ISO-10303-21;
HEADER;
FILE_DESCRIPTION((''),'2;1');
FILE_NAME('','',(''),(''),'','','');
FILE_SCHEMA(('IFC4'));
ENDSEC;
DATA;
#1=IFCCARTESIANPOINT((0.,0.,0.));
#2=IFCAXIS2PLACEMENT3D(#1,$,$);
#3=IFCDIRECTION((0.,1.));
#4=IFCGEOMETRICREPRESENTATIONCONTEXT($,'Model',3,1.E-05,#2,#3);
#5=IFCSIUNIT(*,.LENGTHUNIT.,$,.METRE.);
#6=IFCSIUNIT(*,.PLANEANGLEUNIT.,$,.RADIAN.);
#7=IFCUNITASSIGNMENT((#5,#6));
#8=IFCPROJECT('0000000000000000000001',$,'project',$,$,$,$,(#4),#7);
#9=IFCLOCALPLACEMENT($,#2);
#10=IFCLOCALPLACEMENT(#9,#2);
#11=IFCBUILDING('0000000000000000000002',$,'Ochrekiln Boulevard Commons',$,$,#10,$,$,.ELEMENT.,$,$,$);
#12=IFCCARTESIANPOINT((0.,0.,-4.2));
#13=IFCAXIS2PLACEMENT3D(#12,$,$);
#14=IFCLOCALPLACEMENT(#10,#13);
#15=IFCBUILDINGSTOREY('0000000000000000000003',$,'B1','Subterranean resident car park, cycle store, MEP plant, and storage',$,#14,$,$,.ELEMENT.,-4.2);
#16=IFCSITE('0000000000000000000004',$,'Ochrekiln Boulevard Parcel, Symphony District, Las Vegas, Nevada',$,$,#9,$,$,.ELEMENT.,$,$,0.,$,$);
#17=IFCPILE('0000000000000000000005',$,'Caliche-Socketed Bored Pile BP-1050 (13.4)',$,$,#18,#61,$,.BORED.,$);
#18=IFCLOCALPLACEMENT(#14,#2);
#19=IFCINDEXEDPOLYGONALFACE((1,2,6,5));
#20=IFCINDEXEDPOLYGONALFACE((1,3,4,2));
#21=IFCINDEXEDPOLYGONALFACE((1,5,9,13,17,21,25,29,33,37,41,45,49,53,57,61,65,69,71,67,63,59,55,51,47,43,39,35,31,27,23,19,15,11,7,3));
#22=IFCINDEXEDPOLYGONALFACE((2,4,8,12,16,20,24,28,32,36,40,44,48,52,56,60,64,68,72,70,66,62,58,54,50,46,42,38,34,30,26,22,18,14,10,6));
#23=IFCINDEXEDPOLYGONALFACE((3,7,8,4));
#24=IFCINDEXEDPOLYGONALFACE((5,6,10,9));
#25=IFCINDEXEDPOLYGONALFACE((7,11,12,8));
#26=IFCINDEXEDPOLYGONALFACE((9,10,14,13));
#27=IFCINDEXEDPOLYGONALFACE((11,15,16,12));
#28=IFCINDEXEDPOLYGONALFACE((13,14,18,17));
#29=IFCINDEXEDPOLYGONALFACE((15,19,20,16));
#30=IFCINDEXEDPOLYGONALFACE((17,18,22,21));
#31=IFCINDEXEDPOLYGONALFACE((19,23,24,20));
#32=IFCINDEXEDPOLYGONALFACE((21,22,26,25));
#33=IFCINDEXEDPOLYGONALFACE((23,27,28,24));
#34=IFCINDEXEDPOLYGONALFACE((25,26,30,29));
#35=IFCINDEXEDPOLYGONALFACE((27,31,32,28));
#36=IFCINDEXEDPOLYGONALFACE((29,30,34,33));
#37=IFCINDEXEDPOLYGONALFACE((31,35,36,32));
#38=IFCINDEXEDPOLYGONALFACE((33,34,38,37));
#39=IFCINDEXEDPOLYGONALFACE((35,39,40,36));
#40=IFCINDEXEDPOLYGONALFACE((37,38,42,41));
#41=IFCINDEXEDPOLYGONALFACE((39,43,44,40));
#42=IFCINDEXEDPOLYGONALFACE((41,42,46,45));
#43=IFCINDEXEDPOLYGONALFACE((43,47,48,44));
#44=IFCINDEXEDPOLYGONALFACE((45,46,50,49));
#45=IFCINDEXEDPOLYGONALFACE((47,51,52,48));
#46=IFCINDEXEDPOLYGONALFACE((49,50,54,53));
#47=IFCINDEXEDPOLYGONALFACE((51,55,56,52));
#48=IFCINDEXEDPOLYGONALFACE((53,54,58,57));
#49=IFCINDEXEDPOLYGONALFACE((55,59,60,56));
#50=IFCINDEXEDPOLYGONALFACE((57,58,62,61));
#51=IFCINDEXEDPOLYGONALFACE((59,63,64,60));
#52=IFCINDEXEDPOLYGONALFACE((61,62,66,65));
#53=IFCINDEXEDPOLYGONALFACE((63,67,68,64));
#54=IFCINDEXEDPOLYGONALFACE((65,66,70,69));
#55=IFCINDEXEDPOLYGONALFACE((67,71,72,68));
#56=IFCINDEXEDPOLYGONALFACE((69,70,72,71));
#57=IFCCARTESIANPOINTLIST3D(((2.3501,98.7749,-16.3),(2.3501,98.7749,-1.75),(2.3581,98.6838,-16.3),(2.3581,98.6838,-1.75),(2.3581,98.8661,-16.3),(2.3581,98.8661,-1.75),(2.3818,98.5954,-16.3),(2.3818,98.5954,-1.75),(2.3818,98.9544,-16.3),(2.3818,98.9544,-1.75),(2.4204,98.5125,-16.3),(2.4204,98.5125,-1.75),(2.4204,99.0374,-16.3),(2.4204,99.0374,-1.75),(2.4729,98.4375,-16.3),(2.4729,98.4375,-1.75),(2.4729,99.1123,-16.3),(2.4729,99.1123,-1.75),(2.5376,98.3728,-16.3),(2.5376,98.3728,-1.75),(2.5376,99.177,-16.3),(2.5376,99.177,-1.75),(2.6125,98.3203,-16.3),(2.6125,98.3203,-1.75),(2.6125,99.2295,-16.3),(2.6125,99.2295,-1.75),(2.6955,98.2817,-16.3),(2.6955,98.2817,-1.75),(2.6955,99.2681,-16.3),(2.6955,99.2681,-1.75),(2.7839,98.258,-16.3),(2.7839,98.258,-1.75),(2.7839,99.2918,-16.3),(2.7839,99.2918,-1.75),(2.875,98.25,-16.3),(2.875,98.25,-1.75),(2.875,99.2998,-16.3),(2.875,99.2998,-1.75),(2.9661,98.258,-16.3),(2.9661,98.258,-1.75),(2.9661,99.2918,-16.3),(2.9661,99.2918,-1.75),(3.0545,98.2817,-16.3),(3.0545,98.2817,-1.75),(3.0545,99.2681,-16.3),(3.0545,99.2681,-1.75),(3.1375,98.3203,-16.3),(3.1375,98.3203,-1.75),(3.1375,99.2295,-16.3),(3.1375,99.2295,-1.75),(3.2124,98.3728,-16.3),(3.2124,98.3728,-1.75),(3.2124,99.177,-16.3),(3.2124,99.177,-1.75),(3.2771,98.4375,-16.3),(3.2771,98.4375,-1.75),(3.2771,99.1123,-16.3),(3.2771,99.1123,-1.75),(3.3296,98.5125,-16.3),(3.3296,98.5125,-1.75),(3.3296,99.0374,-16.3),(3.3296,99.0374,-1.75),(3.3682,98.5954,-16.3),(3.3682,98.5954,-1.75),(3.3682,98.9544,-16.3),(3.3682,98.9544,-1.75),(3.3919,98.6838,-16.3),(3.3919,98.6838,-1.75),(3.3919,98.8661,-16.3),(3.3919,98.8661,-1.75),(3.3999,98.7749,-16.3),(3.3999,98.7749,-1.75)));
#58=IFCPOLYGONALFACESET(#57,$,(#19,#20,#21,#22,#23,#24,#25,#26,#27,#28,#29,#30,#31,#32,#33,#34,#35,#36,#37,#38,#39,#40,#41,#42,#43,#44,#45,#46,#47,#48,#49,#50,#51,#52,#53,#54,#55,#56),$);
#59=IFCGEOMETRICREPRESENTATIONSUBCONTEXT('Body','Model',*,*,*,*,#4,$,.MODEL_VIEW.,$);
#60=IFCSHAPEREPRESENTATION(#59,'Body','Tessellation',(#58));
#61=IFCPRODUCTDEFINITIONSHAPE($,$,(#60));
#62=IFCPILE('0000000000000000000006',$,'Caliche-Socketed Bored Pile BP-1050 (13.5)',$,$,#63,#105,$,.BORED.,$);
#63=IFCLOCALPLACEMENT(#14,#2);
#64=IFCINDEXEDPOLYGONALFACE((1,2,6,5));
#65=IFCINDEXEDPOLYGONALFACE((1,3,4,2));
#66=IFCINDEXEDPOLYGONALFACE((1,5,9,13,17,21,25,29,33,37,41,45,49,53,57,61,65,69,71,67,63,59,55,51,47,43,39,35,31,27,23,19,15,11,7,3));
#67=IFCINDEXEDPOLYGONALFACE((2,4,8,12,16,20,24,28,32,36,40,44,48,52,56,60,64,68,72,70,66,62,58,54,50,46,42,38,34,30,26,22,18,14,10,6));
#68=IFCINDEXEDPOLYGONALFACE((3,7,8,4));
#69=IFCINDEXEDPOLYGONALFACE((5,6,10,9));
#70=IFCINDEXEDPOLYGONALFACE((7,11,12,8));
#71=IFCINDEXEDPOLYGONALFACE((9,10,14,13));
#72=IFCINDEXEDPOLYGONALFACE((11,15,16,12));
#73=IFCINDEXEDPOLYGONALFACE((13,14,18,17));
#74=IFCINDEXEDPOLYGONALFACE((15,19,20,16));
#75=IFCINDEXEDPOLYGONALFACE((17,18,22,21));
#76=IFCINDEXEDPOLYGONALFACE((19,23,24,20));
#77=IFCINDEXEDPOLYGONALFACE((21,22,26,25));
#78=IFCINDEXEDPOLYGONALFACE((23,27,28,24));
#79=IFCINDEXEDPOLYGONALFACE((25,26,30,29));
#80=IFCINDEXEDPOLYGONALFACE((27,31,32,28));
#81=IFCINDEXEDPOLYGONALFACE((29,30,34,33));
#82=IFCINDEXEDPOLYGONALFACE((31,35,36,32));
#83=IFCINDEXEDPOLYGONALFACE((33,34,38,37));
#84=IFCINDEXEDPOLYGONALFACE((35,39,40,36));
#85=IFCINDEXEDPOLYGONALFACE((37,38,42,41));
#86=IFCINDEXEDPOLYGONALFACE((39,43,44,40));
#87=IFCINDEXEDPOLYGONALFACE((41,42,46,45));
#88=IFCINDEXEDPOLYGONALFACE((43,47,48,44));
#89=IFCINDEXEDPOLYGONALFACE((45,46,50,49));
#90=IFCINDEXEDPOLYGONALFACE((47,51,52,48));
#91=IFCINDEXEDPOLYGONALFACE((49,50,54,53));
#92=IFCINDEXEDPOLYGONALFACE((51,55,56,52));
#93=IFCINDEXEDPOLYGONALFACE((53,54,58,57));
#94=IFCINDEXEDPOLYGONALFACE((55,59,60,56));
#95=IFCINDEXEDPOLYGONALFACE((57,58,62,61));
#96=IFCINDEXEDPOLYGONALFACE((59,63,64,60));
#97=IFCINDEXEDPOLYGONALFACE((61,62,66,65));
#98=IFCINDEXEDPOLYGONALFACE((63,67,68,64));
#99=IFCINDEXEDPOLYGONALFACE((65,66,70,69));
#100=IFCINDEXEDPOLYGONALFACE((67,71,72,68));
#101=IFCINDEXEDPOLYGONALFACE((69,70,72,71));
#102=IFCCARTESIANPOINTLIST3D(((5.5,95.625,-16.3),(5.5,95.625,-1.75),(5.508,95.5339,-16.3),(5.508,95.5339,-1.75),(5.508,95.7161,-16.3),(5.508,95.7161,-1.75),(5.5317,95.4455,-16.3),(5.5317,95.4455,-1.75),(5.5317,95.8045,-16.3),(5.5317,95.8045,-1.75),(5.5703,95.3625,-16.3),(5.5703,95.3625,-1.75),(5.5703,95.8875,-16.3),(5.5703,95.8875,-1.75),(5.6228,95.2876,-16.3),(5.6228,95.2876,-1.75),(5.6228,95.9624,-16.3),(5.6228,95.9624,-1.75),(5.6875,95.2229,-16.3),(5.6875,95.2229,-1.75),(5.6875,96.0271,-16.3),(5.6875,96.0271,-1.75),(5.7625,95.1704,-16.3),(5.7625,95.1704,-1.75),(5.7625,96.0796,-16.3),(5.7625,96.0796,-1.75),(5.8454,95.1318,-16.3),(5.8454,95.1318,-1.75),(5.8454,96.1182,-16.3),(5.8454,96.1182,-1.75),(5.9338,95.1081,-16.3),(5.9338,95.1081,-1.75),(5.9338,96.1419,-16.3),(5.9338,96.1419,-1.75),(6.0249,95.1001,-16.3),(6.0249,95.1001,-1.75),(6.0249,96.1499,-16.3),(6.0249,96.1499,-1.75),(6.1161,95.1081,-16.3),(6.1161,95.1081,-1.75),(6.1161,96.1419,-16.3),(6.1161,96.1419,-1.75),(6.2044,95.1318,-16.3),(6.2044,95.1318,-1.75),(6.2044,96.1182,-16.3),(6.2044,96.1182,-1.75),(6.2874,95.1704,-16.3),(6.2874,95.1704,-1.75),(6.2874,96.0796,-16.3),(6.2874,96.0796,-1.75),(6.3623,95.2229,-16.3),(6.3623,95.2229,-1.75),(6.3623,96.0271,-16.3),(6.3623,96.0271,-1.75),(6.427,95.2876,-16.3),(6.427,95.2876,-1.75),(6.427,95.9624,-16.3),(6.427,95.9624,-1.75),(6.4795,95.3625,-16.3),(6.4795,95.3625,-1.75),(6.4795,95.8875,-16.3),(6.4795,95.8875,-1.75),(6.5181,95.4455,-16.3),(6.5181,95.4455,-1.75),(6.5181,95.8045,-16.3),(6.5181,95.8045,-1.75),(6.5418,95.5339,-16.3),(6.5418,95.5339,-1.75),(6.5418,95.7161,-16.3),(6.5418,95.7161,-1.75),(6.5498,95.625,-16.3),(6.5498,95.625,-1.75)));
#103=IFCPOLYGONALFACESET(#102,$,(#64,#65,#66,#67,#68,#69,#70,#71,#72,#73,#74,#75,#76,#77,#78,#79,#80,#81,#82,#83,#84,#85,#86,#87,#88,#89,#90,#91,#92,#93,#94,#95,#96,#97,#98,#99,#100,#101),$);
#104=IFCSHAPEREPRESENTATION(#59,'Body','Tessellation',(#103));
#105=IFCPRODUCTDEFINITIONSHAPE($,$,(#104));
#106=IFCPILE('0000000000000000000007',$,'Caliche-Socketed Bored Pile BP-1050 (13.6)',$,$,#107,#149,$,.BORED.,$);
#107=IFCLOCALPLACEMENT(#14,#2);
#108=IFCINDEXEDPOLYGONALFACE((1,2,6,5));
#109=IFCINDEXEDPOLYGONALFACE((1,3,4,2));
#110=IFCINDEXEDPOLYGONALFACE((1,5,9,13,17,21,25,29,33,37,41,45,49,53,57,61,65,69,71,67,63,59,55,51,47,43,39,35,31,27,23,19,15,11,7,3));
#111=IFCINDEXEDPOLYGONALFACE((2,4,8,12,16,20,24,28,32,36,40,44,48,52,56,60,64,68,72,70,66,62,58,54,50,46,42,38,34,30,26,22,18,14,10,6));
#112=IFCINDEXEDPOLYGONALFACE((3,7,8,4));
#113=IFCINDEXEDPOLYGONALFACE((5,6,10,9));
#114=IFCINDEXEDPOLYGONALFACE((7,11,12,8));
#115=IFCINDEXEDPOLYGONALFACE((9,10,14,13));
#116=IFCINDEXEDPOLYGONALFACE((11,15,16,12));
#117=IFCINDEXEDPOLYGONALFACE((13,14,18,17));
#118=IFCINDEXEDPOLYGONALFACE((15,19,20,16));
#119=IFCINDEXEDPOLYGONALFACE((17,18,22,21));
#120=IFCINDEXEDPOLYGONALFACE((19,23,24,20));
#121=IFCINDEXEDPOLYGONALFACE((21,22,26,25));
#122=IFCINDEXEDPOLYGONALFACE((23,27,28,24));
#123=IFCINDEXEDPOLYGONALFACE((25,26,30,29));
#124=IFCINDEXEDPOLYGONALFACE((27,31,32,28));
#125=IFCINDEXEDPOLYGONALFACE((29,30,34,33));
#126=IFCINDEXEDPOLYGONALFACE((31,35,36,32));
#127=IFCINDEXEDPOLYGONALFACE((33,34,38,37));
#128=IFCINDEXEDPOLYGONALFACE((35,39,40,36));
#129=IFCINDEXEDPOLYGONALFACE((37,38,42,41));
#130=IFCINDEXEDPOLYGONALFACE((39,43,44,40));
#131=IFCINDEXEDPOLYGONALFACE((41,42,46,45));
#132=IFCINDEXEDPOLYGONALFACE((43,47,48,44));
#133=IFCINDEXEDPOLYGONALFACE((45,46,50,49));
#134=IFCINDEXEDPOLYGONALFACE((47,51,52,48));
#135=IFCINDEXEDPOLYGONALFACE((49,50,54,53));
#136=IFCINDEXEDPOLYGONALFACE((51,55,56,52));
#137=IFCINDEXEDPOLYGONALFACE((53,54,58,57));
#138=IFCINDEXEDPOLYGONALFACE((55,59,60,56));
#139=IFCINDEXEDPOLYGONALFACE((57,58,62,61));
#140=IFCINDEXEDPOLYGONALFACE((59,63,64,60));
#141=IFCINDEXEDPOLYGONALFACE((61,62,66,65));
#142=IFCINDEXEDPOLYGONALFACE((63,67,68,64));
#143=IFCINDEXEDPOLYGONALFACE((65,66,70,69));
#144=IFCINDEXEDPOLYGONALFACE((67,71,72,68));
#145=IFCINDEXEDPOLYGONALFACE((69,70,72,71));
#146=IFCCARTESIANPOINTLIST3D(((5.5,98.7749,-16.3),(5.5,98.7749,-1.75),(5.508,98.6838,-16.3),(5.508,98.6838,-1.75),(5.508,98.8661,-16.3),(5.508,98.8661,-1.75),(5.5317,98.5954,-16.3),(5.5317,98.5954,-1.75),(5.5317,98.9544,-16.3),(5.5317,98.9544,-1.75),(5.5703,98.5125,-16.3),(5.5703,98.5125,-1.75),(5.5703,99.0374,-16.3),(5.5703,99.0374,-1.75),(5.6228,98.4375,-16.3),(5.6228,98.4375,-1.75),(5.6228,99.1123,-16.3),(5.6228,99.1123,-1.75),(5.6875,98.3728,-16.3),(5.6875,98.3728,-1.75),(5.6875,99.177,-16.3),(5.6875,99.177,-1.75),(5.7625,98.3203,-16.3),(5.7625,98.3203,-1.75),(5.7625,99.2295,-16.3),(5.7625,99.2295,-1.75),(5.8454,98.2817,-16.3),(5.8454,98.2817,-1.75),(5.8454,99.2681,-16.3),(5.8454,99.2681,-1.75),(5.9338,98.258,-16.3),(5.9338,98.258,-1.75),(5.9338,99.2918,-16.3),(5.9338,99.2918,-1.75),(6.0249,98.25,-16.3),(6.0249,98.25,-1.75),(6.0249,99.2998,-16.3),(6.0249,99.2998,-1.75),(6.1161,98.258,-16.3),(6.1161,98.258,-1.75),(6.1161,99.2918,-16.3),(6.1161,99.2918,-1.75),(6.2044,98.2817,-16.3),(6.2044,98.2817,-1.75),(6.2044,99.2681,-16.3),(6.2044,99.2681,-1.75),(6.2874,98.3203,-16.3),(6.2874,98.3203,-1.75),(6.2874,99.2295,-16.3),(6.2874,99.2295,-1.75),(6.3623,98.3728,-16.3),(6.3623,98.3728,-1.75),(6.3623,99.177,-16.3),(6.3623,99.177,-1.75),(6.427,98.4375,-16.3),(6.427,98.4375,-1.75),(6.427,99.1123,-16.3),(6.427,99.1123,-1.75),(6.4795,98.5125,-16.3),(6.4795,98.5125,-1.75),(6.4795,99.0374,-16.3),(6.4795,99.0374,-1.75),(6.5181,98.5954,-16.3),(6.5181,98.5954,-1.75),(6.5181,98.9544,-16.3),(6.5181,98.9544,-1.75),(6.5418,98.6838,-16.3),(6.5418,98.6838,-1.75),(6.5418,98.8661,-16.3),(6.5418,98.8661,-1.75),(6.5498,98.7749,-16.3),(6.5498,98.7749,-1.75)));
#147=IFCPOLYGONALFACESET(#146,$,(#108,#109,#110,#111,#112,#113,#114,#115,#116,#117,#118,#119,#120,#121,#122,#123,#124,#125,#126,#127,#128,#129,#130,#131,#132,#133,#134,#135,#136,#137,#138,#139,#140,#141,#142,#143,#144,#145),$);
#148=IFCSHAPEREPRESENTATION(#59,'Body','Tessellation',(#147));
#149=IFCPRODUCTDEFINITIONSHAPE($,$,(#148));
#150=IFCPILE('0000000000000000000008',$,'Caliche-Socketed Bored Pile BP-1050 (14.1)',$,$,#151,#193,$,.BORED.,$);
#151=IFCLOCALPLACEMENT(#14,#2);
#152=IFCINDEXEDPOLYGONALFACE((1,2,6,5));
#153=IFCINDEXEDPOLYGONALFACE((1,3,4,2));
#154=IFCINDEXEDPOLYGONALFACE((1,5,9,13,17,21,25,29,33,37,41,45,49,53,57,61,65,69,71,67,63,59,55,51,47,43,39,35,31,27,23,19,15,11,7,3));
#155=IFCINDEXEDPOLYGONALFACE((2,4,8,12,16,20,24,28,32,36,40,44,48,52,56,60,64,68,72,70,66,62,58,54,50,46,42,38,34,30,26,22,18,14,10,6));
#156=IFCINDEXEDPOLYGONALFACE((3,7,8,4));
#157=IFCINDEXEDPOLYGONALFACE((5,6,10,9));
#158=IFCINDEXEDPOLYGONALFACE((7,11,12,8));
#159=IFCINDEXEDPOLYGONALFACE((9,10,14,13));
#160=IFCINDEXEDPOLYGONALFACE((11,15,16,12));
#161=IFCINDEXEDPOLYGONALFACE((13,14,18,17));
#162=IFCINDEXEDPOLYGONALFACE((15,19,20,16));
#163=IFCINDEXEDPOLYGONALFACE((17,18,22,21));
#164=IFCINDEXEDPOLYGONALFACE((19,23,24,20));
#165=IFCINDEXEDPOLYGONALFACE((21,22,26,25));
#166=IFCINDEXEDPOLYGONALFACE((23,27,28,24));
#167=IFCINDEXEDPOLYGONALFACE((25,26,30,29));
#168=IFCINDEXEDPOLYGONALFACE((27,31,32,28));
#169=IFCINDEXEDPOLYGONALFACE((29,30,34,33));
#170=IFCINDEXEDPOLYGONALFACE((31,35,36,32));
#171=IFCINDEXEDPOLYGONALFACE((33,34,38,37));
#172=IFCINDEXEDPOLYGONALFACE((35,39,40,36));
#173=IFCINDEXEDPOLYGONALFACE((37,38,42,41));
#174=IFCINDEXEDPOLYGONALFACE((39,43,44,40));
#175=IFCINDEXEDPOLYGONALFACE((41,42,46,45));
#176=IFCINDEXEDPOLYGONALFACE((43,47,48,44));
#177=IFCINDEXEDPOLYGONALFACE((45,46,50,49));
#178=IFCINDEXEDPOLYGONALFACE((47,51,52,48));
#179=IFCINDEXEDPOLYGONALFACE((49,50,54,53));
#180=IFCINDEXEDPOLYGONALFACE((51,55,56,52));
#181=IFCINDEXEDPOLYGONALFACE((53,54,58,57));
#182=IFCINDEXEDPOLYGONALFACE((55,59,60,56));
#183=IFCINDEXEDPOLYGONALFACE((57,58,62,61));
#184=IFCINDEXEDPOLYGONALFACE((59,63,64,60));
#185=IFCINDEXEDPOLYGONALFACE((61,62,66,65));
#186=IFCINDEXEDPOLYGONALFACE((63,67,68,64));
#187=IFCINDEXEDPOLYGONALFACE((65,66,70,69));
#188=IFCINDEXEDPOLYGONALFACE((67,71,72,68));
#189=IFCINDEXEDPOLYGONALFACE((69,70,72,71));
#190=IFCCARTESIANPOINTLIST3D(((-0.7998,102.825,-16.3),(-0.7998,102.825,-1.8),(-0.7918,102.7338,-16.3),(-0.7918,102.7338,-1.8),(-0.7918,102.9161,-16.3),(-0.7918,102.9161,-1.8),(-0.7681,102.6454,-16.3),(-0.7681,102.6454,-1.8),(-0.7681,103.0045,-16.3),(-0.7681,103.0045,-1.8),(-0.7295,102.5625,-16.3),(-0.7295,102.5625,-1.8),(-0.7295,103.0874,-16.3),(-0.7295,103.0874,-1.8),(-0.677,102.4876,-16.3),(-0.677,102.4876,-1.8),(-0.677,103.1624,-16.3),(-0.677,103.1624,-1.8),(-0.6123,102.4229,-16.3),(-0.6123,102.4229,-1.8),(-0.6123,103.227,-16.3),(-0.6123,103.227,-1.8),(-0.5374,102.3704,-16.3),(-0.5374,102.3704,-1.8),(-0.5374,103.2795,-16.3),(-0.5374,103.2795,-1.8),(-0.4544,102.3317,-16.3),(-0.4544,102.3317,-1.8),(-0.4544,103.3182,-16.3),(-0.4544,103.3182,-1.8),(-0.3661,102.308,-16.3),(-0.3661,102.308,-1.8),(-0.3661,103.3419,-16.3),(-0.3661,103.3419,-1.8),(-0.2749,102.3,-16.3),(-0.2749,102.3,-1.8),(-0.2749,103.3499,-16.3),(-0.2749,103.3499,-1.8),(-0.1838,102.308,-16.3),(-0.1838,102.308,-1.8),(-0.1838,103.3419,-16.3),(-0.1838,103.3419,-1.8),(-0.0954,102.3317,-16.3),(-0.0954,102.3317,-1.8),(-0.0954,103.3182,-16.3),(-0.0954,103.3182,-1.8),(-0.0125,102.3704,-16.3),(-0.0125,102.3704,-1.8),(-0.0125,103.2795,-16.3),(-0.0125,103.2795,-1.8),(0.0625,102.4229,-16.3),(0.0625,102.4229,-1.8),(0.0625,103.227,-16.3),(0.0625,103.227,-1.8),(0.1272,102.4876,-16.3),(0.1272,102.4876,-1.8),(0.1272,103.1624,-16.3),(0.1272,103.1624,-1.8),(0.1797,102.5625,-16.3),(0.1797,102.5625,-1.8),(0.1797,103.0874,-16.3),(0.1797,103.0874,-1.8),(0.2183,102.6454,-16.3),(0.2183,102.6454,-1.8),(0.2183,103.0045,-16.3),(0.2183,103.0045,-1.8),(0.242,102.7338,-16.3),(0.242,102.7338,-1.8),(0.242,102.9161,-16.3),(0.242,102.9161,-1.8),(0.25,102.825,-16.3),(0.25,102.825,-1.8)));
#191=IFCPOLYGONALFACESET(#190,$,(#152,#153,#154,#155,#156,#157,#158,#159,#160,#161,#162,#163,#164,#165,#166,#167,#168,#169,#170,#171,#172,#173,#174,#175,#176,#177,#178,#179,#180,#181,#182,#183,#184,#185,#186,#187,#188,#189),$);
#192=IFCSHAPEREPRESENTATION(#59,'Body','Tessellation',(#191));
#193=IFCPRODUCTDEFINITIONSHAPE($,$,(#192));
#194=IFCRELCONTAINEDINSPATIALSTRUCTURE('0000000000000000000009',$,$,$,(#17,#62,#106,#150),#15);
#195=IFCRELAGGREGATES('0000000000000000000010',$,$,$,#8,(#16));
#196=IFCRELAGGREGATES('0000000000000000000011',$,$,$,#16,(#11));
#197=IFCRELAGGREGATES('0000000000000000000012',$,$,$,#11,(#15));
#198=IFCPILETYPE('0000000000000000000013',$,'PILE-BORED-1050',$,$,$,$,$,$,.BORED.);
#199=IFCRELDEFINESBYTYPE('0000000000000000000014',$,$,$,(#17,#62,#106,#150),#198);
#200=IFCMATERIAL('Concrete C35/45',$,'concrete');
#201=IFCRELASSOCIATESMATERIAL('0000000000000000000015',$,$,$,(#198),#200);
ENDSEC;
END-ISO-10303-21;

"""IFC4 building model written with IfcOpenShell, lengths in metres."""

from ifc_helpers import new_model, si_unit, direction, frame, origin, origin_2d, place, context, subcontext, project, spatial, circle, extrude, material, material_profile, profile_set, type_object, element, save


model = new_model("IFC4")

# Units and contexts
model_context = context("Model", 3, precision=1e-05, world=origin(), true_north=direction((0.0, 1.0)))
body_context = subcontext(model_context, "Body", "Model", "MODEL_VIEW")
ifc_project = project(units=[si_unit("LENGTHUNIT", "METRE"), si_unit("PLANEANGLEUNIT", "RADIAN")], contexts=[model_context])

# Site, building, storey
site_placement = place(None, origin())
site = spatial("IfcSite", under=ifc_project, at=site_placement, Name="Ochrekiln Boulevard Parcel, Symphony District, Las Vegas, Nevada", CompositionType="ELEMENT", RefElevation=0.0)
building_placement = place(site_placement, origin())
building = spatial("IfcBuilding", under=site, at=building_placement, Name="Ochrekiln Boulevard Commons", CompositionType="ELEMENT")
storey_placement = place(building_placement, frame((0.0, 0.0, -4.2)))
storey = spatial("IfcBuildingStorey", under=building, at=storey_placement, Name="B1", Description="Subterranean resident car park, cycle store, MEP plant, and storage", CompositionType="ELEMENT", Elevation=-4.2)

# Shared definitions
ifc_material_1 = material(Name="Concrete C35/45", Category="concrete")

# Piles
ifc_material_profile_1 = material_profile(ifc_material_1, circle(Radius=0.5249, at=origin_2d()), Name="PILE-D1050")
ifc_profile_set_1 = profile_set([ifc_material_profile_1], Name="Concrete C35/45")
pile_type = type_object("IfcPileType", Name="PILE-BORED-1050", PredefinedType="BORED", material=ifc_profile_set_1)
for number, where, z_axis, x_axis, name in (
    (1, (2.875, 98.7749, -1.75), (0.0, 0.0, -1.0), (1.0, 0.0, 0.0), "Caliche-Socketed Bored Pile BP-1050 (13.4)"),
    (2, (6.0249, 95.625, -1.75), (0.0, 0.0, -1.0), (1.0, 0.0, 0.0), "Caliche-Socketed Bored Pile BP-1050 (13.5)"),
    (3, (6.0249, 98.7749, -1.75), (0.0, 0.0, -1.0), (1.0, 0.0, 0.0), "Caliche-Socketed Bored Pile BP-1050 (13.6)"),
):
    element("IfcPile", number, at=place(storey_placement, frame(where, z_axis=z_axis, x_axis=x_axis)), inside=storey, type_object=pile_type, Name=name, PredefinedType="BORED", context=body_context, shape_type="SweptSolid", body=[
        extrude(circle(Radius=0.5249, at=origin_2d()), origin(), (0.0, 0.0, 1.0), 14.55),
    ])
for number, where, z_axis, x_axis, name in (
    (4, (-0.2749, 102.825, -1.8), (0.0, 0.0, -1.0), (1.0, 0.0, 0.0), "Caliche-Socketed Bored Pile BP-1050 (14.1)"),
):
    element("IfcPile", number, at=place(storey_placement, frame(where, z_axis=z_axis, x_axis=x_axis)), inside=storey, type_object=pile_type, Name=name, PredefinedType="BORED", context=body_context, shape_type="SweptSolid", body=[
        extrude(circle(Radius=0.5249, at=origin_2d()), origin(), (0.0, 0.0, 1.0), 14.5),
    ])

save(model, "model.ifc")
